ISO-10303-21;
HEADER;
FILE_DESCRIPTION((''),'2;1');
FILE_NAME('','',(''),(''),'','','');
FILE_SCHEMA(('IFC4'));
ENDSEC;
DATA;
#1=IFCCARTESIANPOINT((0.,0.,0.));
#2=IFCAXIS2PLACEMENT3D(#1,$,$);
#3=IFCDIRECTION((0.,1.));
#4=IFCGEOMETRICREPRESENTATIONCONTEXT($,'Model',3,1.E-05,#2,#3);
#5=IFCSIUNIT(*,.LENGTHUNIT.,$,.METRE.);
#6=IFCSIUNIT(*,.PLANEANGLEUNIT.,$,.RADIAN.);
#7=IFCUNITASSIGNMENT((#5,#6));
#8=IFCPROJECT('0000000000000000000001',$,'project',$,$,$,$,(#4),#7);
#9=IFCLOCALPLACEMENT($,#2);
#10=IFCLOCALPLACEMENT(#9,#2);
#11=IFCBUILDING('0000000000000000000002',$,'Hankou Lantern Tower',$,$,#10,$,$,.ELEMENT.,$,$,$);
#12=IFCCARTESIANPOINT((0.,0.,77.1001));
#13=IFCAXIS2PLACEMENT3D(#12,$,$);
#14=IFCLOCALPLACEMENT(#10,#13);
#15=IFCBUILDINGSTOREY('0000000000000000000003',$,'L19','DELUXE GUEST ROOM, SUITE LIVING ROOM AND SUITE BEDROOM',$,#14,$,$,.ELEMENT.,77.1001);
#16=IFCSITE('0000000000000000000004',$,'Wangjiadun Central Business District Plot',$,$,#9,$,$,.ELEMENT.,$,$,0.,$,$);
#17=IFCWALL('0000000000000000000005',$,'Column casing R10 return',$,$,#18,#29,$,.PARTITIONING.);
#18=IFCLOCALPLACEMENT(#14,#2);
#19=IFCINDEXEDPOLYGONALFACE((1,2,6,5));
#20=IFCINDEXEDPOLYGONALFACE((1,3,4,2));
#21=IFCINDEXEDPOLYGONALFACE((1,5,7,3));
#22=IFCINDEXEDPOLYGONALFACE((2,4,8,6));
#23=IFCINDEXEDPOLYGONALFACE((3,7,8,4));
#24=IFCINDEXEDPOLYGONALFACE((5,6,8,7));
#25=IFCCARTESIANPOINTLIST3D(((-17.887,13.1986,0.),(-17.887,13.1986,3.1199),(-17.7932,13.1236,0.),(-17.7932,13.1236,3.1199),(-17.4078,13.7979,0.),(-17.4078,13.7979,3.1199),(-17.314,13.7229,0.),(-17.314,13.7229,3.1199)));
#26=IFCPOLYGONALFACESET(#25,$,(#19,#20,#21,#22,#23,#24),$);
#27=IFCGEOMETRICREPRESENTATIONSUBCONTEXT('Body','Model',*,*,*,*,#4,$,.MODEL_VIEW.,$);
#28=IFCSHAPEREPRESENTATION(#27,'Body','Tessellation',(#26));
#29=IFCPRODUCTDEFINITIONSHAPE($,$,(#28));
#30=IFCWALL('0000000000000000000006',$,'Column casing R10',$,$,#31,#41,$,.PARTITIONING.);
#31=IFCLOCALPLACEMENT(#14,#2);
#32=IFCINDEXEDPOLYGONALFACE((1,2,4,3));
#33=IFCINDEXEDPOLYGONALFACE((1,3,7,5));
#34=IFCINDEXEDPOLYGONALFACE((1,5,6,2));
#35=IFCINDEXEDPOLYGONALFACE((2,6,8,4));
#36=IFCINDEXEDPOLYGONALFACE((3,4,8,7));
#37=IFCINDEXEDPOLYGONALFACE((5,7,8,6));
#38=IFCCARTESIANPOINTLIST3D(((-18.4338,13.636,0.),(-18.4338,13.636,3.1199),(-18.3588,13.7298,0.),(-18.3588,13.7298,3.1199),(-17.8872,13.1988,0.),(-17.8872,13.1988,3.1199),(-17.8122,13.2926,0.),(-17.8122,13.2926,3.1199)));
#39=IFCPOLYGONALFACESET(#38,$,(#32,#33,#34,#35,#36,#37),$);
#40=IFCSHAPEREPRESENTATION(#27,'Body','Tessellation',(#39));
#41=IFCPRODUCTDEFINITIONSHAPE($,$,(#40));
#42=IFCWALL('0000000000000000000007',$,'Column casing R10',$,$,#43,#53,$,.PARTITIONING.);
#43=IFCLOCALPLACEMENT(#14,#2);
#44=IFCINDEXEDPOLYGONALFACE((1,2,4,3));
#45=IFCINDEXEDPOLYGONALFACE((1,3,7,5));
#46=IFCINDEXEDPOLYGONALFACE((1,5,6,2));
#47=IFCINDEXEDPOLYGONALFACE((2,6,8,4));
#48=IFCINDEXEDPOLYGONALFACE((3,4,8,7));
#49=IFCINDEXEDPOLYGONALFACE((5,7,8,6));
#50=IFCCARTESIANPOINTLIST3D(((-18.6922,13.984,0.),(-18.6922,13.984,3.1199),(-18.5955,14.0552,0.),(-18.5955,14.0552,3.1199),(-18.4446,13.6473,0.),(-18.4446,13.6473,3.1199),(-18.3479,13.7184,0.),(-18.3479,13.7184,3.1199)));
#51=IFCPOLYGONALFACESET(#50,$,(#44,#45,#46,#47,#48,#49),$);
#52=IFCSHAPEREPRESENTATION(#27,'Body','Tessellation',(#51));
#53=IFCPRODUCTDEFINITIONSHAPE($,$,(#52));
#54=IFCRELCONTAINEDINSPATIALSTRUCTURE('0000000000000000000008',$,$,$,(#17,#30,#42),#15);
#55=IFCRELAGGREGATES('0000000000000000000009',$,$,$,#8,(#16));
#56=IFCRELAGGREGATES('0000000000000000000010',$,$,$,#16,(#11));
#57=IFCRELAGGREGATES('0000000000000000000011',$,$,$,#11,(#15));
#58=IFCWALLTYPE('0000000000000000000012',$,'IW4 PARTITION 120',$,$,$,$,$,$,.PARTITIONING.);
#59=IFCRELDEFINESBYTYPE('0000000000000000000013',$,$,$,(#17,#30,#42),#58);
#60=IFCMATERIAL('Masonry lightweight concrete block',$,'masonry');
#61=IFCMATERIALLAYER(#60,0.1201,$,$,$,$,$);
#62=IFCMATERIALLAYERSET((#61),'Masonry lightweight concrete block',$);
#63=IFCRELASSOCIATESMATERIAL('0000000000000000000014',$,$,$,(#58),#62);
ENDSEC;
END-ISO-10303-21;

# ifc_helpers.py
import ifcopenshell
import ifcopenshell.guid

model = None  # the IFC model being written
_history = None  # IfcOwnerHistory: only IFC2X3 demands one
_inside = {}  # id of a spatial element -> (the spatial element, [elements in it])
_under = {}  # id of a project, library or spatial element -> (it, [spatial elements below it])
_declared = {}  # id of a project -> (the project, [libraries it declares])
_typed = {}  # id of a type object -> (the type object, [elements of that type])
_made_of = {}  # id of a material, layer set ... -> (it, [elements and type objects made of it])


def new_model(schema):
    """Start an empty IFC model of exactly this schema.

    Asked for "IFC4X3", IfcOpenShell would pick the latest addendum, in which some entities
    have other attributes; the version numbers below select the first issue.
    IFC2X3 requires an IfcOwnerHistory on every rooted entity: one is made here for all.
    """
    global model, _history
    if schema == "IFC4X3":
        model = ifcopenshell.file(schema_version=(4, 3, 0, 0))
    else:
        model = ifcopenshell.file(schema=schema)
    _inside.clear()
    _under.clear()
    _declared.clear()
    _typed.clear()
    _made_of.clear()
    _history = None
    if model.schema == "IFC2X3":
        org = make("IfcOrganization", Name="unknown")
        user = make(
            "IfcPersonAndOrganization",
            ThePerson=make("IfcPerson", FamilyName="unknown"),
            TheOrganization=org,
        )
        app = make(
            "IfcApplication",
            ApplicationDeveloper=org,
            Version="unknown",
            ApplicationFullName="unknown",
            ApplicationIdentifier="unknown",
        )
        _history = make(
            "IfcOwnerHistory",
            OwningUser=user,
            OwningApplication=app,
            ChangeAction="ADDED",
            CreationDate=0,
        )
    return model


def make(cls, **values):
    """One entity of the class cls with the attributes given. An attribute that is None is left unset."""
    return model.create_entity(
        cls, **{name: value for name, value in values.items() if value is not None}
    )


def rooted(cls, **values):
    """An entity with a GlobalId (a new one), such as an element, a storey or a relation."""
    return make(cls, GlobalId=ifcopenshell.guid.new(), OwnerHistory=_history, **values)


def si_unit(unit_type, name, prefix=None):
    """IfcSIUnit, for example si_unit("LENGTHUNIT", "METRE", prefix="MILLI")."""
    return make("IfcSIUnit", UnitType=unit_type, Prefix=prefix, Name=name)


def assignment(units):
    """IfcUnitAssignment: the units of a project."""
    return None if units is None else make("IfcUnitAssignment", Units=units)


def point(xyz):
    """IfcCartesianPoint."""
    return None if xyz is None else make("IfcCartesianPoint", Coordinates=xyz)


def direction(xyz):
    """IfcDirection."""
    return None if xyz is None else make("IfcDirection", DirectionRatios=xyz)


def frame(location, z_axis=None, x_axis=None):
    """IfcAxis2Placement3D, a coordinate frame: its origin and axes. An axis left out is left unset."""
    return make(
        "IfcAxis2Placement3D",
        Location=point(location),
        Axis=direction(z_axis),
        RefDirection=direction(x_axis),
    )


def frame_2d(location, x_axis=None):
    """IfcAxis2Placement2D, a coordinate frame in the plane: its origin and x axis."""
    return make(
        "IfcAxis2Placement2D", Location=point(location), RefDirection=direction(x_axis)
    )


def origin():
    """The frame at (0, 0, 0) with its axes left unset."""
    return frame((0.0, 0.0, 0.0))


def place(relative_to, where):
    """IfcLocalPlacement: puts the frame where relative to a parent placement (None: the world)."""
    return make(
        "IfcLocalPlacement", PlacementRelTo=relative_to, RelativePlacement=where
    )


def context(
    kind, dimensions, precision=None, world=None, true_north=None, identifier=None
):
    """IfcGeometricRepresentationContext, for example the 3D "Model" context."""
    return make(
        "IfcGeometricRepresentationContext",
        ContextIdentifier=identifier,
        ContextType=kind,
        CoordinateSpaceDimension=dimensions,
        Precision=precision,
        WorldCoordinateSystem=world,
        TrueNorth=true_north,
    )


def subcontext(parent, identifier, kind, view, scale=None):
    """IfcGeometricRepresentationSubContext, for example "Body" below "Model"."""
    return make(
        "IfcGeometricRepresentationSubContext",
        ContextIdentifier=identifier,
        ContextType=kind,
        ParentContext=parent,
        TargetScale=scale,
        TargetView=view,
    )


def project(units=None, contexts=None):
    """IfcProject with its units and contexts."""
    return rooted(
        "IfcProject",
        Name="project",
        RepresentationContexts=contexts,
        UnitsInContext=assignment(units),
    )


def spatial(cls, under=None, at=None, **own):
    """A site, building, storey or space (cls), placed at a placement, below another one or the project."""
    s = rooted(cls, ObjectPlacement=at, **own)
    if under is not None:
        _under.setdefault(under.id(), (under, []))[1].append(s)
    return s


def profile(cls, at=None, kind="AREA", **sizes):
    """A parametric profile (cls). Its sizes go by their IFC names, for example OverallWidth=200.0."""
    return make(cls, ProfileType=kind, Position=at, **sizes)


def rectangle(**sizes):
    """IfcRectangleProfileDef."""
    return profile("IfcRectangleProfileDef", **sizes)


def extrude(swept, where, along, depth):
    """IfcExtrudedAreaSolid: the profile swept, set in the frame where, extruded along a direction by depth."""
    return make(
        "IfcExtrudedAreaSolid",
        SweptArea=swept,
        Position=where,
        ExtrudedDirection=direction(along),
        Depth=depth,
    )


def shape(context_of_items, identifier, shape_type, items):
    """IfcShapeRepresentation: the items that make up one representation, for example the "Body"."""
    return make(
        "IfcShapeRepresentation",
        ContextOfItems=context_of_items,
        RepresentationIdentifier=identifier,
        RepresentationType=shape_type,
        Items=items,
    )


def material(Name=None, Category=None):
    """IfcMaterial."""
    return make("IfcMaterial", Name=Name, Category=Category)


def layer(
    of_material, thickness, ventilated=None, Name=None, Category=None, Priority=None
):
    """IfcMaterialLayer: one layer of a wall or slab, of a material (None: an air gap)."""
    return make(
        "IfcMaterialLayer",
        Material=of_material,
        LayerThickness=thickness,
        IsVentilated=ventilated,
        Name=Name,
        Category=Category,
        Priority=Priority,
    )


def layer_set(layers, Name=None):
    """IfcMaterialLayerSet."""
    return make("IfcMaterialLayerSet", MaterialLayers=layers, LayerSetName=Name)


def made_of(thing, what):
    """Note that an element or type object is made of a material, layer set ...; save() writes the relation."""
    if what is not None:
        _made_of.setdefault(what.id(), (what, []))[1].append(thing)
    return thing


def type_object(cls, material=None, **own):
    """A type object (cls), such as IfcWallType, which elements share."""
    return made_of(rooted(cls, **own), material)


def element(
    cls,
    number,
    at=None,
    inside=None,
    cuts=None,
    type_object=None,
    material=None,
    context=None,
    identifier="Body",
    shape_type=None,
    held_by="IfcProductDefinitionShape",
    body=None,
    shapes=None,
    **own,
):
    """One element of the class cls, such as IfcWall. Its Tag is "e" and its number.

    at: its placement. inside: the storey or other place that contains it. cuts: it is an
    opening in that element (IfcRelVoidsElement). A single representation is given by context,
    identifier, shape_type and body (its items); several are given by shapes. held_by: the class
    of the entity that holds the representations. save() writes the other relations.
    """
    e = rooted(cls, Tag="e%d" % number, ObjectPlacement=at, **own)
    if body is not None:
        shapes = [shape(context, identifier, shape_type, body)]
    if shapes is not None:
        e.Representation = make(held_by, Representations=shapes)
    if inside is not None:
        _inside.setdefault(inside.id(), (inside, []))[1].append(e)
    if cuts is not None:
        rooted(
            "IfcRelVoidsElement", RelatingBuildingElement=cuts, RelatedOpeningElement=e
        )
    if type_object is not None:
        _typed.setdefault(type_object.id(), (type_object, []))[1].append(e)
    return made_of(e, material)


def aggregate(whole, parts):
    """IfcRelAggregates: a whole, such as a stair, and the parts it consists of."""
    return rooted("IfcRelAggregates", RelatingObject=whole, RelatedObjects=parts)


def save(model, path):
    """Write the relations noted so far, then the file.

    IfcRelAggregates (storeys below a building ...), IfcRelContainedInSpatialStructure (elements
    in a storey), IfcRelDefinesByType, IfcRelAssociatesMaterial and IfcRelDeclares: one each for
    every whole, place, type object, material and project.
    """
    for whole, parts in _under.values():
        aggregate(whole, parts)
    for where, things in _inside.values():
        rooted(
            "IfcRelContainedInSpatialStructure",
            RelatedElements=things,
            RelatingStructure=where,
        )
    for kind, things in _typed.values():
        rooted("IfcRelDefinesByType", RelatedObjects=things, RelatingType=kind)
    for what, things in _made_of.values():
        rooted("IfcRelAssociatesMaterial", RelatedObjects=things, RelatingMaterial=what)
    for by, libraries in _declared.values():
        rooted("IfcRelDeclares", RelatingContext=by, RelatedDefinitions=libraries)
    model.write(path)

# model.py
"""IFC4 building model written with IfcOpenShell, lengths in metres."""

from ifc_helpers import new_model, si_unit, direction, frame, frame_2d, origin, place, context, subcontext, project, spatial, rectangle, extrude, material, layer, layer_set, type_object, element, save


model = new_model("IFC4")

# Units and contexts
model_context = context("Model", 3, precision=1e-05, world=origin(), true_north=direction((0.0, 1.0)))
body_context = subcontext(model_context, "Body", "Model", "MODEL_VIEW")
ifc_project = project(units=[si_unit("LENGTHUNIT", "METRE"), si_unit("PLANEANGLEUNIT", "RADIAN")], contexts=[model_context])

# Site, building, storey
site_placement = place(None, origin())
site = spatial("IfcSite", under=ifc_project, at=site_placement, Name="Wangjiadun Central Business District Plot", CompositionType="ELEMENT", RefElevation=0.0)
building_placement = place(site_placement, origin())
building = spatial("IfcBuilding", under=site, at=building_placement, Name="Hankou Lantern Tower", CompositionType="ELEMENT")
storey_placement = place(building_placement, frame((0.0, 0.0, 77.1001)))
storey = spatial("IfcBuildingStorey", under=building, at=storey_placement, Name="L19", Description="DELUXE GUEST ROOM, SUITE LIVING ROOM AND SUITE BEDROOM", CompositionType="ELEMENT", Elevation=77.1001)

# Walls
ifc_material_1 = material(Name="Masonry lightweight concrete block", Category="masonry")
ifc_layer_1 = layer(ifc_material_1, 0.1201)
ifc_layer_set_1 = layer_set([ifc_layer_1], Name="Masonry lightweight concrete block")
wall_type_1 = type_object("IfcWallType", Name="IW4 PARTITION 120", PredefinedType="PARTITIONING", material=ifc_layer_set_1)
wall_1_placement = place(storey_placement, frame((-17.3608, 13.7605, 0.0), z_axis=(0.0, 0.0, 1.0), x_axis=(-0.624501, -0.781024, 0.0)))
element("IfcWall", 1, at=wall_1_placement, inside=storey, type_object=wall_type_1, Name="Column casing R10 return", PredefinedType="PARTITIONING", context=body_context, shape_type="SweptSolid", body=[
    extrude(rectangle(XDim=0.7673, YDim=0.1201, at=frame_2d((0.3838, 0.0))), origin(), (0.0, 0.0, 1.0), 3.1199),
])
wall_2_placement = place(storey_placement, frame((-17.8496, 13.2456, 0.0), z_axis=(0.0, 0.0, 1.0), x_axis=(-0.780903, 0.624653, 0.0)))
element("IfcWall", 2, at=wall_2_placement, inside=storey, type_object=wall_type_1, Name="Column casing R10", PredefinedType="PARTITIONING", context=body_context, shape_type="SweptSolid", body=[
    extrude(rectangle(XDim=0.7, YDim=0.1201, at=frame_2d((0.3501, 0.0))), origin(), (0.0, 0.0, 1.0), 3.1199),
])
wall_3_placement = place(storey_placement, frame((-18.3962, 13.6829, 0.0), z_axis=(0.0, 0.0, 1.0), x_axis=(-0.592402, 0.805643, 0.0)))
element("IfcWall", 3, at=wall_3_placement, inside=storey, type_object=wall_type_1, Name="Column casing R10", PredefinedType="PARTITIONING", context=body_context, shape_type="SweptSolid", body=[
    extrude(rectangle(XDim=0.418, YDim=0.1201, at=frame_2d((0.209, 0.0))), origin(), (0.0, 0.0, 1.0), 3.1199),
])

save(model, "model.ifc")
